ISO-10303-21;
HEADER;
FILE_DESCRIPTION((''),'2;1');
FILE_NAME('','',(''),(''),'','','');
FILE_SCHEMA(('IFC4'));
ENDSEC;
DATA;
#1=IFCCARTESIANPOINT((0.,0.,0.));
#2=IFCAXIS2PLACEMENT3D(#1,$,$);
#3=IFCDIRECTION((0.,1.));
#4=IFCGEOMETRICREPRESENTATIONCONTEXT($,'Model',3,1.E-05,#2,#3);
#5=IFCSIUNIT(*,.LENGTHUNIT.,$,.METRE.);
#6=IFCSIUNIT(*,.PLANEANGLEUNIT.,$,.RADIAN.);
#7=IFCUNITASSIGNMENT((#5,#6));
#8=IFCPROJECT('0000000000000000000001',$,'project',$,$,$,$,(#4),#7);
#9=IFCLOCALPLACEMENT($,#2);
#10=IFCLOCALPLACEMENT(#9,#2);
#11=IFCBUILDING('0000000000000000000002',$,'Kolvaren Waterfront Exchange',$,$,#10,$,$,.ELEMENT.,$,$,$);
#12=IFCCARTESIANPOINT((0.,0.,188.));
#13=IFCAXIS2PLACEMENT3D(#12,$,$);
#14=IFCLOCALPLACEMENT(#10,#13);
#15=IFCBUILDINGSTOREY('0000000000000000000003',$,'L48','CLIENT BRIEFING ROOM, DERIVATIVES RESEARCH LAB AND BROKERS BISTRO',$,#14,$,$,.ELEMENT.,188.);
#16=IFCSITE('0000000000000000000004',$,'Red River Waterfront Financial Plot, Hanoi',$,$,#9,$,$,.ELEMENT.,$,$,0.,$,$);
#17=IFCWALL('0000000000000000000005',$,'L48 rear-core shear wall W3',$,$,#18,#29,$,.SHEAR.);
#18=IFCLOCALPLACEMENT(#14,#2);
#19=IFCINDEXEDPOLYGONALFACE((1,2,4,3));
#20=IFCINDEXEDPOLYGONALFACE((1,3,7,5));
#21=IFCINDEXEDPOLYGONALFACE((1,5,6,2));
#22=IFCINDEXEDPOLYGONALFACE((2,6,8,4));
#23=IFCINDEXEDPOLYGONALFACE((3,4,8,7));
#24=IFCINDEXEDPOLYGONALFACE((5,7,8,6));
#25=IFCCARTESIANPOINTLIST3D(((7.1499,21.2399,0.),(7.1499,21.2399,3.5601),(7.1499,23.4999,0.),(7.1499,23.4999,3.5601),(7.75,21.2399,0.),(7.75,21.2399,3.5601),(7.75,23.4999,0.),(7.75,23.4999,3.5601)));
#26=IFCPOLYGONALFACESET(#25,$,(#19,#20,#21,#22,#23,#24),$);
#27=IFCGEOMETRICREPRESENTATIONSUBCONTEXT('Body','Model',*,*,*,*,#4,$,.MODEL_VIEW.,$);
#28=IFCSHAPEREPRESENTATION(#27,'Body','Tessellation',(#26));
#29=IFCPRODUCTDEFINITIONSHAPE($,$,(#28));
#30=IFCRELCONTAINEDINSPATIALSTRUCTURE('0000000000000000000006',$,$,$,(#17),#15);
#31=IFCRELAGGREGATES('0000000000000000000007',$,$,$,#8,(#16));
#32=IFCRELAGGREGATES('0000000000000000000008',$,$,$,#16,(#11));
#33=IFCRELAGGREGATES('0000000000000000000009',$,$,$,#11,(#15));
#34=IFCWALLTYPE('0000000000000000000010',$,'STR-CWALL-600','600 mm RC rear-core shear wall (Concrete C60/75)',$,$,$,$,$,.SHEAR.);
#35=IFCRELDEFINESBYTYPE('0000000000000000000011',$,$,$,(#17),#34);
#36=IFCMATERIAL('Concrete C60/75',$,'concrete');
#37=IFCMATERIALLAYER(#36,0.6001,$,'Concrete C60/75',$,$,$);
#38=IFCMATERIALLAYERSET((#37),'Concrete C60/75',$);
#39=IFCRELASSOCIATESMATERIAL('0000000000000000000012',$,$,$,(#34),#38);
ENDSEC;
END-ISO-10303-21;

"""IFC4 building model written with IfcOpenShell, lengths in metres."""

from ifc_helpers import new_model, si_unit, direction, frame, frame_2d, origin, place, context, subcontext, project, spatial, rectangle, extrude, material, layer, layer_set, type_object, element, save


model = new_model("IFC4")

# Units and contexts
model_context = context("Model", 3, precision=1e-05, world=origin(), true_north=direction((0.0, 1.0)))
body_context = subcontext(model_context, "Body", "Model", "MODEL_VIEW")
ifc_project = project(units=[si_unit("LENGTHUNIT", "METRE"), si_unit("PLANEANGLEUNIT", "RADIAN")], contexts=[model_context])

# Site, building, storey
site_placement = place(None, origin())
site = spatial("IfcSite", under=ifc_project, at=site_placement, Name="Red River Waterfront Financial Plot, Hanoi", CompositionType="ELEMENT", RefElevation=0.0)
building_placement = place(site_placement, origin())
building = spatial("IfcBuilding", under=site, at=building_placement, Name="Kolvaren Waterfront Exchange", CompositionType="ELEMENT")
storey_placement = place(building_placement, frame((0.0, 0.0, 188.0)))
storey = spatial("IfcBuildingStorey", under=building, at=storey_placement, Name="L48", Description="CLIENT BRIEFING ROOM, DERIVATIVES RESEARCH LAB AND BROKERS BISTRO", CompositionType="ELEMENT", Elevation=188.0)

# Shared definitions
ifc_material_1 = material(Name="Concrete C60/75", Category="concrete")

# Wall
ifc_layer_1 = layer(ifc_material_1, 0.6001, Name="Concrete C60/75")
ifc_layer_set_1 = layer_set([ifc_layer_1], Name="Concrete C60/75")
wall_type_1 = type_object("IfcWallType", Name="STR-CWALL-600", Description="600 mm RC rear-core shear wall (Concrete C60/75)", PredefinedType="SHEAR", material=ifc_layer_set_1)
wall_1_placement = place(storey_placement, frame((7.45, 21.24, 0.0), z_axis=(0.0, 0.0, 1.0), x_axis=(0.0, 1.0, 0.0)))
element("IfcWall", 1, at=wall_1_placement, inside=storey, type_object=wall_type_1, Name="L48 rear-core shear wall W3", PredefinedType="SHEAR", context=body_context, shape_type="SweptSolid", body=[
    extrude(rectangle(XDim=2.26, YDim=0.6001, at=frame_2d((1.1299, 0.0))), origin(), (0.0, 0.0, 1.0), 3.5601),
])

save(model, "model.ifc")
